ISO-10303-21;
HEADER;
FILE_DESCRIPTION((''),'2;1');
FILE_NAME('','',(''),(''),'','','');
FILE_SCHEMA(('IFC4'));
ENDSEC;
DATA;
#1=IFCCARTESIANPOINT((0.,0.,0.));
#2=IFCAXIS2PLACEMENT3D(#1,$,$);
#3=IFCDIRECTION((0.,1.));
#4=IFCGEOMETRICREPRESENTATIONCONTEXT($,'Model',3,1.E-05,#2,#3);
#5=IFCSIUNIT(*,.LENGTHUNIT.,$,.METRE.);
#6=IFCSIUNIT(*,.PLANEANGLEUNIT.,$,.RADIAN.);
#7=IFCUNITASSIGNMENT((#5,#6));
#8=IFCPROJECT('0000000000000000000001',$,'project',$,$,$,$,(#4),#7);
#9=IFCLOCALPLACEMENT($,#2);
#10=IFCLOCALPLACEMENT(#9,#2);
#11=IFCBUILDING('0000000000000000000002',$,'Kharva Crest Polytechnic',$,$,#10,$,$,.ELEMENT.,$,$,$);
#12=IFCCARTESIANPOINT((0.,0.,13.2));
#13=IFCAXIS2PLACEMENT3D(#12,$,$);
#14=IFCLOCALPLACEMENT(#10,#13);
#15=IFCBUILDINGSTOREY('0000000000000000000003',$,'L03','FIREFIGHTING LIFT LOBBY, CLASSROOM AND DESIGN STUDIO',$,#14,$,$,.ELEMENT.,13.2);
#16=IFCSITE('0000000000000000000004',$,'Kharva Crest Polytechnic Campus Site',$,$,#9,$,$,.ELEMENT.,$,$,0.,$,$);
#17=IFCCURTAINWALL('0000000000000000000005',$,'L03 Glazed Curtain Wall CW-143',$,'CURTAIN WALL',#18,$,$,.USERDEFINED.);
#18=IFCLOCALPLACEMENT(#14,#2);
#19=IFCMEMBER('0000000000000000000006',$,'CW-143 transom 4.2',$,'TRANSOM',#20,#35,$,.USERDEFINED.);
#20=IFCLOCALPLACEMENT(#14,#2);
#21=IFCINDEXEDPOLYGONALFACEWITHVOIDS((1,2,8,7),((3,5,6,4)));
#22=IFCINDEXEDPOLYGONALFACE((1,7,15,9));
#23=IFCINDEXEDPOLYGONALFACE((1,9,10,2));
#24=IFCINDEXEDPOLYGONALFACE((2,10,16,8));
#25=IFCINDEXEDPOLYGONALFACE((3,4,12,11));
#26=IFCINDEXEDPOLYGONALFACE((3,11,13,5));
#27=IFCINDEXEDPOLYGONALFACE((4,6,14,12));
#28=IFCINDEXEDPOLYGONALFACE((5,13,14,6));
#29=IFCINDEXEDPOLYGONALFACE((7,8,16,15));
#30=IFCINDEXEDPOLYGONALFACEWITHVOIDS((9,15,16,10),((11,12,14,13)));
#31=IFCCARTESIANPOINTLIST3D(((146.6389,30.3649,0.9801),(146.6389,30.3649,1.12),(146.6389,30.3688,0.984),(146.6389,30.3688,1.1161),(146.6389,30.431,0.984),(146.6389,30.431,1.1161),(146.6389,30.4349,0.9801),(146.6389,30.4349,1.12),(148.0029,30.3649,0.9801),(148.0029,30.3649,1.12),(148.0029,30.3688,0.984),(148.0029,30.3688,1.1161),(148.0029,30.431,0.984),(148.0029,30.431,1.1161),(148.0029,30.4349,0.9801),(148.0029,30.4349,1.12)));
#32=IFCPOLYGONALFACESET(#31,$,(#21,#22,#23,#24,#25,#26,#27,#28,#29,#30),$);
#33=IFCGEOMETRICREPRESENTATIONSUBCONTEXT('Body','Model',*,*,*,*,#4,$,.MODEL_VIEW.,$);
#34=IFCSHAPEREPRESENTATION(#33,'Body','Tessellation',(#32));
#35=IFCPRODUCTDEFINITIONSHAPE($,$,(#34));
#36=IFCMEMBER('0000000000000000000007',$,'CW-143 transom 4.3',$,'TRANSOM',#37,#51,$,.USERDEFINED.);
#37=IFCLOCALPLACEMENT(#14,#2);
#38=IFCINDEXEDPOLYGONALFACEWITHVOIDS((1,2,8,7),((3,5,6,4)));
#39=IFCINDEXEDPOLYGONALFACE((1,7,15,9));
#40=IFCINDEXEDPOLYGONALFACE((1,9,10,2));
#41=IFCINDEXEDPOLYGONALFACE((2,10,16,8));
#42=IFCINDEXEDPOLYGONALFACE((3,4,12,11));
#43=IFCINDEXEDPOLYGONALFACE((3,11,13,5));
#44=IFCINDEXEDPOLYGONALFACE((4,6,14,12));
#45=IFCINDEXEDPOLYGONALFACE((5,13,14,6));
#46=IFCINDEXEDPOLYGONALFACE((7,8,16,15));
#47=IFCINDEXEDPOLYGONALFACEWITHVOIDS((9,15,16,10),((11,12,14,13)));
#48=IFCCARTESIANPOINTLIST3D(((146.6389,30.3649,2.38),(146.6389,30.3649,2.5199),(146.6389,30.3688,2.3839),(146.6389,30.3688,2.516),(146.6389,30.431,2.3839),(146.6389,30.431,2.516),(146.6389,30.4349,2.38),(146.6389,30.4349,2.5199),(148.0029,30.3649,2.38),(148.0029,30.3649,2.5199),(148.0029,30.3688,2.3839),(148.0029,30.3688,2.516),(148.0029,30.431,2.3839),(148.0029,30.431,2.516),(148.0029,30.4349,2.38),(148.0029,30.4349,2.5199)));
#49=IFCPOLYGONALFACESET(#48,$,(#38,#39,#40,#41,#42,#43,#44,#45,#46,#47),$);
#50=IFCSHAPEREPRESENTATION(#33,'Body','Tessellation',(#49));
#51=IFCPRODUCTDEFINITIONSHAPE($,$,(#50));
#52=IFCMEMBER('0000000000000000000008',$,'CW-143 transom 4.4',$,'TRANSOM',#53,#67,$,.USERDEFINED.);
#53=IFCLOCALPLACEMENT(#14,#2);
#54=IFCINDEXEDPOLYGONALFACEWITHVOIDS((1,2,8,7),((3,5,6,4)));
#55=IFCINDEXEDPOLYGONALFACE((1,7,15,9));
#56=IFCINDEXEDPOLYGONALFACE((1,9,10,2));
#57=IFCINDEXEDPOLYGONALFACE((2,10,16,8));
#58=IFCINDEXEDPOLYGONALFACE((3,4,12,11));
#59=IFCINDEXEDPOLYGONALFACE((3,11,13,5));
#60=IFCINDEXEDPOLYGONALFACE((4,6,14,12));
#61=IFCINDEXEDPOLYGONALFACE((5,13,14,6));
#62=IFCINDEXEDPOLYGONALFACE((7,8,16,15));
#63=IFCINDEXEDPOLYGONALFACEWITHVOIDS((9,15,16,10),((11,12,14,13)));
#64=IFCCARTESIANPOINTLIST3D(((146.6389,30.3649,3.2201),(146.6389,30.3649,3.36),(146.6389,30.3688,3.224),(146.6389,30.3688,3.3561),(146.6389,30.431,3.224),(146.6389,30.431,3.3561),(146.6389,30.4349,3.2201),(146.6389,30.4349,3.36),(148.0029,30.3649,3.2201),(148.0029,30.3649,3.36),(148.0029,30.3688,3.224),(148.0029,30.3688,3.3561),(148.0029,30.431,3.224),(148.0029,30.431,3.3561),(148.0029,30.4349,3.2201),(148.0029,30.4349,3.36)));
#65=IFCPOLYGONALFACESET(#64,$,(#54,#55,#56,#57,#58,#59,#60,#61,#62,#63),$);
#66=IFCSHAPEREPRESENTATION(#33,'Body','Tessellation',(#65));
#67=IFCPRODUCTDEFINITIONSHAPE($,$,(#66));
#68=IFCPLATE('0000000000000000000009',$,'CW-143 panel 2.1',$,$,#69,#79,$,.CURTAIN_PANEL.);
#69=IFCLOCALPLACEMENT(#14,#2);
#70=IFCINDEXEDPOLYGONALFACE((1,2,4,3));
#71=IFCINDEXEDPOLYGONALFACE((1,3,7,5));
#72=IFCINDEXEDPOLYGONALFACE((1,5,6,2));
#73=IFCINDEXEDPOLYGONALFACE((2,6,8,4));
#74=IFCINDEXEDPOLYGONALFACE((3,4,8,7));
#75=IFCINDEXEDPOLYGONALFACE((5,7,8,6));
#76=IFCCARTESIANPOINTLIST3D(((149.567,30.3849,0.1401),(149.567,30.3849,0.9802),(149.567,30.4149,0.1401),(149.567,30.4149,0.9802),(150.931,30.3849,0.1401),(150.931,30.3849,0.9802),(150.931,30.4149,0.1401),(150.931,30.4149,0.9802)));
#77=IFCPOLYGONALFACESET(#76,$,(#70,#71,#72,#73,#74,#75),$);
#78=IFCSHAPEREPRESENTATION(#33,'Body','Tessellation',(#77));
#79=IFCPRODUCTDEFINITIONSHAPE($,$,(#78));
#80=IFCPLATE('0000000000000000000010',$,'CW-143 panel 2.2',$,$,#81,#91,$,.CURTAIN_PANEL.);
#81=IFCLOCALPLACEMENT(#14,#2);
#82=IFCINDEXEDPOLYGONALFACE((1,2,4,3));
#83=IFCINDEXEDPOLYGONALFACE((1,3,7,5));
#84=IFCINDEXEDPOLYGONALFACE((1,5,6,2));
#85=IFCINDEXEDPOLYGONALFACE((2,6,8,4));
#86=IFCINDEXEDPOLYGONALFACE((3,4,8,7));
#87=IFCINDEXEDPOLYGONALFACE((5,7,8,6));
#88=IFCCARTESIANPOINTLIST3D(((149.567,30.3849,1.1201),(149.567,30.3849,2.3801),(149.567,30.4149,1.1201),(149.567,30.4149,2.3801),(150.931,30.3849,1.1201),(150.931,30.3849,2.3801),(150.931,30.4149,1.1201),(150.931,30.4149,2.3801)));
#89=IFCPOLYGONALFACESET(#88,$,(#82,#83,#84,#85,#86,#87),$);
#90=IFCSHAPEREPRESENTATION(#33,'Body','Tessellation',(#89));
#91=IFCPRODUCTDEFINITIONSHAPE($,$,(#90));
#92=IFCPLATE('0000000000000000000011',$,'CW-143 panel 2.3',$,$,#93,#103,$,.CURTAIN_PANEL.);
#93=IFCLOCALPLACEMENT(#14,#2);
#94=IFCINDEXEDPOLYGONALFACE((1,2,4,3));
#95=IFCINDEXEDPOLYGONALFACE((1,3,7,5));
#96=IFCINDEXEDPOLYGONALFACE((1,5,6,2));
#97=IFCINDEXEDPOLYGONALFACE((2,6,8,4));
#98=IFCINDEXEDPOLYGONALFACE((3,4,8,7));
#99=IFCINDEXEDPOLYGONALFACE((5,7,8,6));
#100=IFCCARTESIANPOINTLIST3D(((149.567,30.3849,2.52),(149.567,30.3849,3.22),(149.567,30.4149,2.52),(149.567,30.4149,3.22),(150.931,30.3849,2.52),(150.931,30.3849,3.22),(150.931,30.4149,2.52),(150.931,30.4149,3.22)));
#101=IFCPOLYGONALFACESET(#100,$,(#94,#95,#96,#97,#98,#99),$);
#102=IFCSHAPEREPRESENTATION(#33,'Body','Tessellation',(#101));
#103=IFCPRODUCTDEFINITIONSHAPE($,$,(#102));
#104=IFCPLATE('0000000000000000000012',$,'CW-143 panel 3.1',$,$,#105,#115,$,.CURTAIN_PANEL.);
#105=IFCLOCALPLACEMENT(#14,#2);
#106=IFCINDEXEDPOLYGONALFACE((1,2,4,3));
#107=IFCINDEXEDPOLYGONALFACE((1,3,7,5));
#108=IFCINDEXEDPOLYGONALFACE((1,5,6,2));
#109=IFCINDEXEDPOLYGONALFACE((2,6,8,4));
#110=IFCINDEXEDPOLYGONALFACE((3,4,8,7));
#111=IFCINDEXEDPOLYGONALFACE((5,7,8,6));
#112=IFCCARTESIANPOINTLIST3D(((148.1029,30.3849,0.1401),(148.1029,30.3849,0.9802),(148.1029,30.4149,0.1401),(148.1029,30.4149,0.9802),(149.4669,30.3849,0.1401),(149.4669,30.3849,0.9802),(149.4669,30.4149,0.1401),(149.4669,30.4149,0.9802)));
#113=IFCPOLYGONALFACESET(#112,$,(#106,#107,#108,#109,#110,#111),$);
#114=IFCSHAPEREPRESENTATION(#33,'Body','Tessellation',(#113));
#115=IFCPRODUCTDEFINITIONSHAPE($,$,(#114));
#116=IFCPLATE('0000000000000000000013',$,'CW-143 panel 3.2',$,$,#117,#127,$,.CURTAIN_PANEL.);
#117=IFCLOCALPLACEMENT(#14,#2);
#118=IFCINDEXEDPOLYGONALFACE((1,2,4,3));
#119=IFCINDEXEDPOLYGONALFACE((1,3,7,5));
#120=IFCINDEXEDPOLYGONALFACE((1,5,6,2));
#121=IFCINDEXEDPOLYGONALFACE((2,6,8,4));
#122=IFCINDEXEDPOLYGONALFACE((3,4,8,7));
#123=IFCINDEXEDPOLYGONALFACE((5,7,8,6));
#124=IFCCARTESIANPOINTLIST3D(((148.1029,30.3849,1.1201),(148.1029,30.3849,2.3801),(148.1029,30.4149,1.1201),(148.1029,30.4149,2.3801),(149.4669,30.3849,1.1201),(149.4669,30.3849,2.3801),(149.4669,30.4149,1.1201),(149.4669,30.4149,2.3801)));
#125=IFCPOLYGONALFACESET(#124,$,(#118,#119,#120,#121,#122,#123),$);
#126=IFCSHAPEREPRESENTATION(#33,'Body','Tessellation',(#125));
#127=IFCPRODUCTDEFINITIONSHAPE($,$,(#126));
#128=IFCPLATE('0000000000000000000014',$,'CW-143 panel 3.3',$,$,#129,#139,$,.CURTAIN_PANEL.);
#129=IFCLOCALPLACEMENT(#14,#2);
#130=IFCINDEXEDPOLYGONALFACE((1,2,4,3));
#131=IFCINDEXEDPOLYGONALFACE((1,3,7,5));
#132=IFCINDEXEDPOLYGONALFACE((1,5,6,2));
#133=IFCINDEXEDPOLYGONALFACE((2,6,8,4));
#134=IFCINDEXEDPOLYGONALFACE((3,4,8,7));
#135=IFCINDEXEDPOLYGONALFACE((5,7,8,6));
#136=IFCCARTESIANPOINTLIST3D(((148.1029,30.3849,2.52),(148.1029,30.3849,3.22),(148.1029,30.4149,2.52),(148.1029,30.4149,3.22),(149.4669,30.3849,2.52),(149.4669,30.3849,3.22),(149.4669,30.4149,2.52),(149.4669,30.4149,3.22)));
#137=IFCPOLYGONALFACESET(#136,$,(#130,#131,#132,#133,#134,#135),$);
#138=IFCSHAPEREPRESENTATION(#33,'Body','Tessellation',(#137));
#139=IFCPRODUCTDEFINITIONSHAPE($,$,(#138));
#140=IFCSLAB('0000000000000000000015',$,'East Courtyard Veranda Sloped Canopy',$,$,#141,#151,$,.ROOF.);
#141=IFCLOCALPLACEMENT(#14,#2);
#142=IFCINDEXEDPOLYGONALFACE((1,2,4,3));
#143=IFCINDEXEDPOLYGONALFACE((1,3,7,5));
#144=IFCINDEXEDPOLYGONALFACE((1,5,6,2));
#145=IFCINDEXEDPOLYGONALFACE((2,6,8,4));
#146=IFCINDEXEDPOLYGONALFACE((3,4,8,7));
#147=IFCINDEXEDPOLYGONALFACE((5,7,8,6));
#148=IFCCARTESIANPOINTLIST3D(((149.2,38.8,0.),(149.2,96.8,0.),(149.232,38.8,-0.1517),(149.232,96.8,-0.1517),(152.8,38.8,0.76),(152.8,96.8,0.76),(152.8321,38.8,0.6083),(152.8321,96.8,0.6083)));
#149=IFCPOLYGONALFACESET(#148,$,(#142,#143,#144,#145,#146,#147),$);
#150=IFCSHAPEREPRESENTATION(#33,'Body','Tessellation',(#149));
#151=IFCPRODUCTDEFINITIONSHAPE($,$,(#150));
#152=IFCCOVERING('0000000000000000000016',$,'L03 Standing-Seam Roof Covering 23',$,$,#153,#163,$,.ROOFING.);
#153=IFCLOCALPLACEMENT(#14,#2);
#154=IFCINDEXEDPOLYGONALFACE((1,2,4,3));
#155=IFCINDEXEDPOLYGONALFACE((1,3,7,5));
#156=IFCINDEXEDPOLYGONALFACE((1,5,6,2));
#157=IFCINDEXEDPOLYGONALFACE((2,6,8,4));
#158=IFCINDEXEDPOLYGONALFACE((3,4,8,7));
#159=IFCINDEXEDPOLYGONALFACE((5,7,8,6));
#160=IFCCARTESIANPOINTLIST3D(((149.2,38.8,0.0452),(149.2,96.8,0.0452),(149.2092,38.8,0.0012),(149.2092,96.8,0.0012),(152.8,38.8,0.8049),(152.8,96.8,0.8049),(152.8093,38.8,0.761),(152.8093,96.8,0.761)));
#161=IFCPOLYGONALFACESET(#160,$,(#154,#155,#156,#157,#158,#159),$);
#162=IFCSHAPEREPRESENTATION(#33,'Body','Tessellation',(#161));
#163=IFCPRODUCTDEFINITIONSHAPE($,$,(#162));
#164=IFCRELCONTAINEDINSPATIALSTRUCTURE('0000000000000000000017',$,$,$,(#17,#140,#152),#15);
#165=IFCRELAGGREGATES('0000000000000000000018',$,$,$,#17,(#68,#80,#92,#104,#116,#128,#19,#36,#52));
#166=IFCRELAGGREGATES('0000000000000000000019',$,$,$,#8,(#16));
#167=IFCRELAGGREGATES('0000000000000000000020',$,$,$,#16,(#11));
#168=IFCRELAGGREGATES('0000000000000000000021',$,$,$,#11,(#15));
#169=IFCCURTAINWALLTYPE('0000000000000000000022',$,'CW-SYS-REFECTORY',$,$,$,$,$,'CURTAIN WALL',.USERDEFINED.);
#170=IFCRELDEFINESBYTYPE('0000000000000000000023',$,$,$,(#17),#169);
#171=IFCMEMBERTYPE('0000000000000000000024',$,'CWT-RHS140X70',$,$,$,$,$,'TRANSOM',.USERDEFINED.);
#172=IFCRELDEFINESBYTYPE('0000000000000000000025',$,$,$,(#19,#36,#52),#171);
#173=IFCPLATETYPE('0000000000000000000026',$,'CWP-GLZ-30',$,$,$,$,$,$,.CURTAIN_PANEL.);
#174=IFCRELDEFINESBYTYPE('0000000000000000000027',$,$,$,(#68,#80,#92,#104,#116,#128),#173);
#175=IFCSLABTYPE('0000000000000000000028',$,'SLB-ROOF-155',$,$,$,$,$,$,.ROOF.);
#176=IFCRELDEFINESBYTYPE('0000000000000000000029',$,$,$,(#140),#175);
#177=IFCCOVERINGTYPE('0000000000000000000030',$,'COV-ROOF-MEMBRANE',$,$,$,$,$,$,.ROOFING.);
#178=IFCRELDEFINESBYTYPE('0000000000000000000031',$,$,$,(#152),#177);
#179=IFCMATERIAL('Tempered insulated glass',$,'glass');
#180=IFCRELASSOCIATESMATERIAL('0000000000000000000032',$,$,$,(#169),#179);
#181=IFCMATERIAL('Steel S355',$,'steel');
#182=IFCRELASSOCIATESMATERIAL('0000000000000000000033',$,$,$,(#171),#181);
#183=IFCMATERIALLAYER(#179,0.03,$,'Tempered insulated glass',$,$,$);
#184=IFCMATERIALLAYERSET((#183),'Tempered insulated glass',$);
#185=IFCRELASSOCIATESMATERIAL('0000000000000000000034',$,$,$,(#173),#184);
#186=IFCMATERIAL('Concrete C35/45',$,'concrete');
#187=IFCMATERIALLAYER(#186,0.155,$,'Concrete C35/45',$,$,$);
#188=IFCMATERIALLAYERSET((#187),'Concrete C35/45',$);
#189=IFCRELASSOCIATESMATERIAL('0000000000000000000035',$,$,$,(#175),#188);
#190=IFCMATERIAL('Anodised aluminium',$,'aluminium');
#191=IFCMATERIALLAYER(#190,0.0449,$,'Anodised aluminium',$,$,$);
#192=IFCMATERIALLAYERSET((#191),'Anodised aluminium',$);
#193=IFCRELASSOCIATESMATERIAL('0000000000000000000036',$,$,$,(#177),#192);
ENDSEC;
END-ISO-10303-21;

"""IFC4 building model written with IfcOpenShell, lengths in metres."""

from ifc_helpers import new_model, si_unit, direction, frame, origin, origin_2d, place, context, subcontext, project, spatial, polyline, rectangle, hollow_rectangle, outline, extrude, material, layer, layer_set, material_profile, profile_set, type_object, element, aggregate, save


model = new_model("IFC4")

# Units and contexts
model_context = context("Model", 3, precision=1e-05, world=origin(), true_north=direction((0.0, 1.0)))
body_context = subcontext(model_context, "Body", "Model", "MODEL_VIEW")
ifc_project = project(units=[si_unit("LENGTHUNIT", "METRE"), si_unit("PLANEANGLEUNIT", "RADIAN")], contexts=[model_context])

# Site, building, storey
site_placement = place(None, origin())
site = spatial("IfcSite", under=ifc_project, at=site_placement, Name="Kharva Crest Polytechnic Campus Site", CompositionType="ELEMENT", RefElevation=0.0)
building_placement = place(site_placement, origin())
building = spatial("IfcBuilding", under=site, at=building_placement, Name="Kharva Crest Polytechnic", CompositionType="ELEMENT")
storey_placement = place(building_placement, frame((0.0, 0.0, 13.2)))
storey = spatial("IfcBuildingStorey", under=building, at=storey_placement, Name="L03", Description="FIREFIGHTING LIFT LOBBY, CLASSROOM AND DESIGN STUDIO", CompositionType="ELEMENT", Elevation=13.2)

# Curtain wall, members, plates
ifc_material_1 = material(Name="Tempered insulated glass", Category="glass")
curtain_wall_type = type_object("IfcCurtainWallType", Name="CW-SYS-REFECTORY", ElementType="CURTAIN WALL", PredefinedType="USERDEFINED", material=ifc_material_1)
curtain_wall_placement = place(storey_placement, origin())
curtain_wall = element("IfcCurtainWall", 1, at=curtain_wall_placement, inside=storey, type_object=curtain_wall_type, Name="L03 Glazed Curtain Wall CW-143", ObjectType="CURTAIN WALL", PredefinedType="USERDEFINED")
ifc_material_2 = material(Name="Steel S355", Category="steel")
ifc_material_profile_1 = material_profile(ifc_material_2, hollow_rectangle(XDim=0.0701, YDim=0.1399, WallThickness=0.0039, at=origin_2d()), Name="RHS 140X70X4.0")
ifc_profile_set_1 = profile_set([ifc_material_profile_1], Name="Steel S355")
member_type_1 = type_object("IfcMemberType", Name="CWT-RHS140X70", ElementType="TRANSOM", PredefinedType="USERDEFINED", material=ifc_profile_set_1)
member_1_placement = place(storey_placement, frame((148.0029, 30.3999, 1.05), z_axis=(-1.0, 0.0, 0.0), x_axis=(0.0, -1.0, 0.0)))
member_1 = element("IfcMember", 2, at=member_1_placement, type_object=member_type_1, Name="CW-143 transom 4.2", ObjectType="TRANSOM", PredefinedType="USERDEFINED", context=body_context, shape_type="SweptSolid", body=[
    extrude(hollow_rectangle(XDim=0.0701, YDim=0.1399, WallThickness=0.0039, at=origin_2d()), origin(), (0.0, 0.0, 1.0), 1.364),
])
member_2_placement = place(storey_placement, frame((148.0029, 30.3999, 2.45), z_axis=(-1.0, 0.0, 0.0), x_axis=(0.0, -1.0, 0.0)))
member_2 = element("IfcMember", 3, at=member_2_placement, type_object=member_type_1, Name="CW-143 transom 4.3", ObjectType="TRANSOM", PredefinedType="USERDEFINED", context=body_context, shape_type="SweptSolid", body=[
    extrude(hollow_rectangle(XDim=0.0701, YDim=0.1399, WallThickness=0.0039, at=origin_2d()), origin(), (0.0, 0.0, 1.0), 1.364),
])
member_3_placement = place(storey_placement, frame((148.0029, 30.3999, 3.29), z_axis=(-1.0, 0.0, 0.0), x_axis=(0.0, -1.0, 0.0)))
member_3 = element("IfcMember", 4, at=member_3_placement, type_object=member_type_1, Name="CW-143 transom 4.4", ObjectType="TRANSOM", PredefinedType="USERDEFINED", context=body_context, shape_type="SweptSolid", body=[
    extrude(hollow_rectangle(XDim=0.0701, YDim=0.1399, WallThickness=0.0039, at=origin_2d()), origin(), (0.0, 0.0, 1.0), 1.364),
])
ifc_layer_1 = layer(ifc_material_1, 0.03, Name="Tempered insulated glass")
ifc_layer_set_1 = layer_set([ifc_layer_1], Name="Tempered insulated glass")
plate_type = type_object("IfcPlateType", Name="CWP-GLZ-30", PredefinedType="CURTAIN_PANEL", material=ifc_layer_set_1)
plate_1_placement = place(storey_placement, frame((150.249, 30.3999, 0.1401), z_axis=(0.0, 0.0, 1.0), x_axis=(-1.0, 0.0, 0.0)))
plate_1 = element("IfcPlate", 5, at=plate_1_placement, type_object=plate_type, Name="CW-143 panel 2.1", PredefinedType="CURTAIN_PANEL", context=body_context, shape_type="SweptSolid", body=[
    extrude(rectangle(XDim=1.364, YDim=0.03, at=origin_2d()), origin(), (0.0, 0.0, 1.0), 0.8401),
])
plate_2_placement = place(storey_placement, frame((150.249, 30.3999, 1.1201), z_axis=(0.0, 0.0, 1.0), x_axis=(-1.0, 0.0, 0.0)))
plate_2 = element("IfcPlate", 6, at=plate_2_placement, type_object=plate_type, Name="CW-143 panel 2.2", PredefinedType="CURTAIN_PANEL", context=body_context, shape_type="SweptSolid", body=[
    extrude(rectangle(XDim=1.364, YDim=0.03, at=origin_2d()), origin(), (0.0, 0.0, 1.0), 1.26),
])
plate_3_placement = place(storey_placement, frame((150.249, 30.3999, 2.52), z_axis=(0.0, 0.0, 1.0), x_axis=(-1.0, 0.0, 0.0)))
plate_3 = element("IfcPlate", 7, at=plate_3_placement, type_object=plate_type, Name="CW-143 panel 2.3", PredefinedType="CURTAIN_PANEL", context=body_context, shape_type="SweptSolid", body=[
    extrude(rectangle(XDim=1.364, YDim=0.03, at=origin_2d()), origin(), (0.0, 0.0, 1.0), 0.7),
])
plate_4_placement = place(storey_placement, frame((148.7849, 30.3999, 0.1401), z_axis=(0.0, 0.0, 1.0), x_axis=(-1.0, 0.0, 0.0)))
plate_4 = element("IfcPlate", 8, at=plate_4_placement, type_object=plate_type, Name="CW-143 panel 3.1", PredefinedType="CURTAIN_PANEL", context=body_context, shape_type="SweptSolid", body=[
    extrude(rectangle(XDim=1.364, YDim=0.03, at=origin_2d()), origin(), (0.0, 0.0, 1.0), 0.8401),
])
plate_5_placement = place(storey_placement, frame((148.7849, 30.3999, 1.1201), z_axis=(0.0, 0.0, 1.0), x_axis=(-1.0, 0.0, 0.0)))
plate_5 = element("IfcPlate", 9, at=plate_5_placement, type_object=plate_type, Name="CW-143 panel 3.2", PredefinedType="CURTAIN_PANEL", context=body_context, shape_type="SweptSolid", body=[
    extrude(rectangle(XDim=1.364, YDim=0.03, at=origin_2d()), origin(), (0.0, 0.0, 1.0), 1.26),
])
plate_6_placement = place(storey_placement, frame((148.7849, 30.3999, 2.52), z_axis=(0.0, 0.0, 1.0), x_axis=(-1.0, 0.0, 0.0)))
plate_6 = element("IfcPlate", 10, at=plate_6_placement, type_object=plate_type, Name="CW-143 panel 3.3", PredefinedType="CURTAIN_PANEL", context=body_context, shape_type="SweptSolid", body=[
    extrude(rectangle(XDim=1.364, YDim=0.03, at=origin_2d()), origin(), (0.0, 0.0, 1.0), 0.7),
])
aggregate(curtain_wall, [plate_1, plate_2, plate_3, plate_4, plate_5, plate_6, member_1, member_2, member_3])

# Slab
ifc_material_3 = material(Name="Concrete C35/45", Category="concrete")
ifc_layer_2 = layer(ifc_material_3, 0.155, Name="Concrete C35/45")
ifc_layer_set_2 = layer_set([ifc_layer_2], Name="Concrete C35/45")
slab_type = type_object("IfcSlabType", Name="SLB-ROOF-155", PredefinedType="ROOF", material=ifc_layer_set_2)
slab_placement = place(storey_placement, frame((149.2, 38.8, 0.0), z_axis=(-0.206556, 0.0, 0.978435), x_axis=(0.978435, 0.0, 0.206556)))
element("IfcSlab", 11, at=slab_placement, inside=storey, type_object=slab_type, Name="East Courtyard Veranda Sloped Canopy", PredefinedType="ROOF", context=body_context, shape_type="SweptSolid", body=[
    extrude(outline(polyline([(0.0, 0.0), (3.6794, 0.0), (3.6794, 58.0), (0.0, 58.0), (0.0, 0.0)])), origin(), (0.0, 0.0, -1.0), 0.155),
])

# Covering
ifc_material_4 = material(Name="Anodised aluminium", Category="aluminium")
ifc_layer_3 = layer(ifc_material_4, 0.0449, Name="Anodised aluminium")
ifc_layer_set_3 = layer_set([ifc_layer_3], Name="Anodised aluminium")
covering_type = type_object("IfcCoveringType", Name="COV-ROOF-MEMBRANE", PredefinedType="ROOFING", material=ifc_layer_set_3)
covering_placement = place(storey_placement, frame((149.2, 38.8, 0.0452), z_axis=(-0.206492, 0.0, 0.978448), x_axis=(0.978448, 0.0, 0.206492)))
element("IfcCovering", 12, at=covering_placement, inside=storey, type_object=covering_type, Name="L03 Standing-Seam Roof Covering 23", PredefinedType="ROOFING", context=body_context, shape_type="SweptSolid", body=[
    extrude(outline(polyline([(0.0, 0.0), (3.6794, 0.0), (3.6794, 58.0), (0.0, 58.0), (0.0, 0.0)])), origin(), (0.0, 0.0, -1.0), 0.0449),
])

save(model, "model.ifc")
